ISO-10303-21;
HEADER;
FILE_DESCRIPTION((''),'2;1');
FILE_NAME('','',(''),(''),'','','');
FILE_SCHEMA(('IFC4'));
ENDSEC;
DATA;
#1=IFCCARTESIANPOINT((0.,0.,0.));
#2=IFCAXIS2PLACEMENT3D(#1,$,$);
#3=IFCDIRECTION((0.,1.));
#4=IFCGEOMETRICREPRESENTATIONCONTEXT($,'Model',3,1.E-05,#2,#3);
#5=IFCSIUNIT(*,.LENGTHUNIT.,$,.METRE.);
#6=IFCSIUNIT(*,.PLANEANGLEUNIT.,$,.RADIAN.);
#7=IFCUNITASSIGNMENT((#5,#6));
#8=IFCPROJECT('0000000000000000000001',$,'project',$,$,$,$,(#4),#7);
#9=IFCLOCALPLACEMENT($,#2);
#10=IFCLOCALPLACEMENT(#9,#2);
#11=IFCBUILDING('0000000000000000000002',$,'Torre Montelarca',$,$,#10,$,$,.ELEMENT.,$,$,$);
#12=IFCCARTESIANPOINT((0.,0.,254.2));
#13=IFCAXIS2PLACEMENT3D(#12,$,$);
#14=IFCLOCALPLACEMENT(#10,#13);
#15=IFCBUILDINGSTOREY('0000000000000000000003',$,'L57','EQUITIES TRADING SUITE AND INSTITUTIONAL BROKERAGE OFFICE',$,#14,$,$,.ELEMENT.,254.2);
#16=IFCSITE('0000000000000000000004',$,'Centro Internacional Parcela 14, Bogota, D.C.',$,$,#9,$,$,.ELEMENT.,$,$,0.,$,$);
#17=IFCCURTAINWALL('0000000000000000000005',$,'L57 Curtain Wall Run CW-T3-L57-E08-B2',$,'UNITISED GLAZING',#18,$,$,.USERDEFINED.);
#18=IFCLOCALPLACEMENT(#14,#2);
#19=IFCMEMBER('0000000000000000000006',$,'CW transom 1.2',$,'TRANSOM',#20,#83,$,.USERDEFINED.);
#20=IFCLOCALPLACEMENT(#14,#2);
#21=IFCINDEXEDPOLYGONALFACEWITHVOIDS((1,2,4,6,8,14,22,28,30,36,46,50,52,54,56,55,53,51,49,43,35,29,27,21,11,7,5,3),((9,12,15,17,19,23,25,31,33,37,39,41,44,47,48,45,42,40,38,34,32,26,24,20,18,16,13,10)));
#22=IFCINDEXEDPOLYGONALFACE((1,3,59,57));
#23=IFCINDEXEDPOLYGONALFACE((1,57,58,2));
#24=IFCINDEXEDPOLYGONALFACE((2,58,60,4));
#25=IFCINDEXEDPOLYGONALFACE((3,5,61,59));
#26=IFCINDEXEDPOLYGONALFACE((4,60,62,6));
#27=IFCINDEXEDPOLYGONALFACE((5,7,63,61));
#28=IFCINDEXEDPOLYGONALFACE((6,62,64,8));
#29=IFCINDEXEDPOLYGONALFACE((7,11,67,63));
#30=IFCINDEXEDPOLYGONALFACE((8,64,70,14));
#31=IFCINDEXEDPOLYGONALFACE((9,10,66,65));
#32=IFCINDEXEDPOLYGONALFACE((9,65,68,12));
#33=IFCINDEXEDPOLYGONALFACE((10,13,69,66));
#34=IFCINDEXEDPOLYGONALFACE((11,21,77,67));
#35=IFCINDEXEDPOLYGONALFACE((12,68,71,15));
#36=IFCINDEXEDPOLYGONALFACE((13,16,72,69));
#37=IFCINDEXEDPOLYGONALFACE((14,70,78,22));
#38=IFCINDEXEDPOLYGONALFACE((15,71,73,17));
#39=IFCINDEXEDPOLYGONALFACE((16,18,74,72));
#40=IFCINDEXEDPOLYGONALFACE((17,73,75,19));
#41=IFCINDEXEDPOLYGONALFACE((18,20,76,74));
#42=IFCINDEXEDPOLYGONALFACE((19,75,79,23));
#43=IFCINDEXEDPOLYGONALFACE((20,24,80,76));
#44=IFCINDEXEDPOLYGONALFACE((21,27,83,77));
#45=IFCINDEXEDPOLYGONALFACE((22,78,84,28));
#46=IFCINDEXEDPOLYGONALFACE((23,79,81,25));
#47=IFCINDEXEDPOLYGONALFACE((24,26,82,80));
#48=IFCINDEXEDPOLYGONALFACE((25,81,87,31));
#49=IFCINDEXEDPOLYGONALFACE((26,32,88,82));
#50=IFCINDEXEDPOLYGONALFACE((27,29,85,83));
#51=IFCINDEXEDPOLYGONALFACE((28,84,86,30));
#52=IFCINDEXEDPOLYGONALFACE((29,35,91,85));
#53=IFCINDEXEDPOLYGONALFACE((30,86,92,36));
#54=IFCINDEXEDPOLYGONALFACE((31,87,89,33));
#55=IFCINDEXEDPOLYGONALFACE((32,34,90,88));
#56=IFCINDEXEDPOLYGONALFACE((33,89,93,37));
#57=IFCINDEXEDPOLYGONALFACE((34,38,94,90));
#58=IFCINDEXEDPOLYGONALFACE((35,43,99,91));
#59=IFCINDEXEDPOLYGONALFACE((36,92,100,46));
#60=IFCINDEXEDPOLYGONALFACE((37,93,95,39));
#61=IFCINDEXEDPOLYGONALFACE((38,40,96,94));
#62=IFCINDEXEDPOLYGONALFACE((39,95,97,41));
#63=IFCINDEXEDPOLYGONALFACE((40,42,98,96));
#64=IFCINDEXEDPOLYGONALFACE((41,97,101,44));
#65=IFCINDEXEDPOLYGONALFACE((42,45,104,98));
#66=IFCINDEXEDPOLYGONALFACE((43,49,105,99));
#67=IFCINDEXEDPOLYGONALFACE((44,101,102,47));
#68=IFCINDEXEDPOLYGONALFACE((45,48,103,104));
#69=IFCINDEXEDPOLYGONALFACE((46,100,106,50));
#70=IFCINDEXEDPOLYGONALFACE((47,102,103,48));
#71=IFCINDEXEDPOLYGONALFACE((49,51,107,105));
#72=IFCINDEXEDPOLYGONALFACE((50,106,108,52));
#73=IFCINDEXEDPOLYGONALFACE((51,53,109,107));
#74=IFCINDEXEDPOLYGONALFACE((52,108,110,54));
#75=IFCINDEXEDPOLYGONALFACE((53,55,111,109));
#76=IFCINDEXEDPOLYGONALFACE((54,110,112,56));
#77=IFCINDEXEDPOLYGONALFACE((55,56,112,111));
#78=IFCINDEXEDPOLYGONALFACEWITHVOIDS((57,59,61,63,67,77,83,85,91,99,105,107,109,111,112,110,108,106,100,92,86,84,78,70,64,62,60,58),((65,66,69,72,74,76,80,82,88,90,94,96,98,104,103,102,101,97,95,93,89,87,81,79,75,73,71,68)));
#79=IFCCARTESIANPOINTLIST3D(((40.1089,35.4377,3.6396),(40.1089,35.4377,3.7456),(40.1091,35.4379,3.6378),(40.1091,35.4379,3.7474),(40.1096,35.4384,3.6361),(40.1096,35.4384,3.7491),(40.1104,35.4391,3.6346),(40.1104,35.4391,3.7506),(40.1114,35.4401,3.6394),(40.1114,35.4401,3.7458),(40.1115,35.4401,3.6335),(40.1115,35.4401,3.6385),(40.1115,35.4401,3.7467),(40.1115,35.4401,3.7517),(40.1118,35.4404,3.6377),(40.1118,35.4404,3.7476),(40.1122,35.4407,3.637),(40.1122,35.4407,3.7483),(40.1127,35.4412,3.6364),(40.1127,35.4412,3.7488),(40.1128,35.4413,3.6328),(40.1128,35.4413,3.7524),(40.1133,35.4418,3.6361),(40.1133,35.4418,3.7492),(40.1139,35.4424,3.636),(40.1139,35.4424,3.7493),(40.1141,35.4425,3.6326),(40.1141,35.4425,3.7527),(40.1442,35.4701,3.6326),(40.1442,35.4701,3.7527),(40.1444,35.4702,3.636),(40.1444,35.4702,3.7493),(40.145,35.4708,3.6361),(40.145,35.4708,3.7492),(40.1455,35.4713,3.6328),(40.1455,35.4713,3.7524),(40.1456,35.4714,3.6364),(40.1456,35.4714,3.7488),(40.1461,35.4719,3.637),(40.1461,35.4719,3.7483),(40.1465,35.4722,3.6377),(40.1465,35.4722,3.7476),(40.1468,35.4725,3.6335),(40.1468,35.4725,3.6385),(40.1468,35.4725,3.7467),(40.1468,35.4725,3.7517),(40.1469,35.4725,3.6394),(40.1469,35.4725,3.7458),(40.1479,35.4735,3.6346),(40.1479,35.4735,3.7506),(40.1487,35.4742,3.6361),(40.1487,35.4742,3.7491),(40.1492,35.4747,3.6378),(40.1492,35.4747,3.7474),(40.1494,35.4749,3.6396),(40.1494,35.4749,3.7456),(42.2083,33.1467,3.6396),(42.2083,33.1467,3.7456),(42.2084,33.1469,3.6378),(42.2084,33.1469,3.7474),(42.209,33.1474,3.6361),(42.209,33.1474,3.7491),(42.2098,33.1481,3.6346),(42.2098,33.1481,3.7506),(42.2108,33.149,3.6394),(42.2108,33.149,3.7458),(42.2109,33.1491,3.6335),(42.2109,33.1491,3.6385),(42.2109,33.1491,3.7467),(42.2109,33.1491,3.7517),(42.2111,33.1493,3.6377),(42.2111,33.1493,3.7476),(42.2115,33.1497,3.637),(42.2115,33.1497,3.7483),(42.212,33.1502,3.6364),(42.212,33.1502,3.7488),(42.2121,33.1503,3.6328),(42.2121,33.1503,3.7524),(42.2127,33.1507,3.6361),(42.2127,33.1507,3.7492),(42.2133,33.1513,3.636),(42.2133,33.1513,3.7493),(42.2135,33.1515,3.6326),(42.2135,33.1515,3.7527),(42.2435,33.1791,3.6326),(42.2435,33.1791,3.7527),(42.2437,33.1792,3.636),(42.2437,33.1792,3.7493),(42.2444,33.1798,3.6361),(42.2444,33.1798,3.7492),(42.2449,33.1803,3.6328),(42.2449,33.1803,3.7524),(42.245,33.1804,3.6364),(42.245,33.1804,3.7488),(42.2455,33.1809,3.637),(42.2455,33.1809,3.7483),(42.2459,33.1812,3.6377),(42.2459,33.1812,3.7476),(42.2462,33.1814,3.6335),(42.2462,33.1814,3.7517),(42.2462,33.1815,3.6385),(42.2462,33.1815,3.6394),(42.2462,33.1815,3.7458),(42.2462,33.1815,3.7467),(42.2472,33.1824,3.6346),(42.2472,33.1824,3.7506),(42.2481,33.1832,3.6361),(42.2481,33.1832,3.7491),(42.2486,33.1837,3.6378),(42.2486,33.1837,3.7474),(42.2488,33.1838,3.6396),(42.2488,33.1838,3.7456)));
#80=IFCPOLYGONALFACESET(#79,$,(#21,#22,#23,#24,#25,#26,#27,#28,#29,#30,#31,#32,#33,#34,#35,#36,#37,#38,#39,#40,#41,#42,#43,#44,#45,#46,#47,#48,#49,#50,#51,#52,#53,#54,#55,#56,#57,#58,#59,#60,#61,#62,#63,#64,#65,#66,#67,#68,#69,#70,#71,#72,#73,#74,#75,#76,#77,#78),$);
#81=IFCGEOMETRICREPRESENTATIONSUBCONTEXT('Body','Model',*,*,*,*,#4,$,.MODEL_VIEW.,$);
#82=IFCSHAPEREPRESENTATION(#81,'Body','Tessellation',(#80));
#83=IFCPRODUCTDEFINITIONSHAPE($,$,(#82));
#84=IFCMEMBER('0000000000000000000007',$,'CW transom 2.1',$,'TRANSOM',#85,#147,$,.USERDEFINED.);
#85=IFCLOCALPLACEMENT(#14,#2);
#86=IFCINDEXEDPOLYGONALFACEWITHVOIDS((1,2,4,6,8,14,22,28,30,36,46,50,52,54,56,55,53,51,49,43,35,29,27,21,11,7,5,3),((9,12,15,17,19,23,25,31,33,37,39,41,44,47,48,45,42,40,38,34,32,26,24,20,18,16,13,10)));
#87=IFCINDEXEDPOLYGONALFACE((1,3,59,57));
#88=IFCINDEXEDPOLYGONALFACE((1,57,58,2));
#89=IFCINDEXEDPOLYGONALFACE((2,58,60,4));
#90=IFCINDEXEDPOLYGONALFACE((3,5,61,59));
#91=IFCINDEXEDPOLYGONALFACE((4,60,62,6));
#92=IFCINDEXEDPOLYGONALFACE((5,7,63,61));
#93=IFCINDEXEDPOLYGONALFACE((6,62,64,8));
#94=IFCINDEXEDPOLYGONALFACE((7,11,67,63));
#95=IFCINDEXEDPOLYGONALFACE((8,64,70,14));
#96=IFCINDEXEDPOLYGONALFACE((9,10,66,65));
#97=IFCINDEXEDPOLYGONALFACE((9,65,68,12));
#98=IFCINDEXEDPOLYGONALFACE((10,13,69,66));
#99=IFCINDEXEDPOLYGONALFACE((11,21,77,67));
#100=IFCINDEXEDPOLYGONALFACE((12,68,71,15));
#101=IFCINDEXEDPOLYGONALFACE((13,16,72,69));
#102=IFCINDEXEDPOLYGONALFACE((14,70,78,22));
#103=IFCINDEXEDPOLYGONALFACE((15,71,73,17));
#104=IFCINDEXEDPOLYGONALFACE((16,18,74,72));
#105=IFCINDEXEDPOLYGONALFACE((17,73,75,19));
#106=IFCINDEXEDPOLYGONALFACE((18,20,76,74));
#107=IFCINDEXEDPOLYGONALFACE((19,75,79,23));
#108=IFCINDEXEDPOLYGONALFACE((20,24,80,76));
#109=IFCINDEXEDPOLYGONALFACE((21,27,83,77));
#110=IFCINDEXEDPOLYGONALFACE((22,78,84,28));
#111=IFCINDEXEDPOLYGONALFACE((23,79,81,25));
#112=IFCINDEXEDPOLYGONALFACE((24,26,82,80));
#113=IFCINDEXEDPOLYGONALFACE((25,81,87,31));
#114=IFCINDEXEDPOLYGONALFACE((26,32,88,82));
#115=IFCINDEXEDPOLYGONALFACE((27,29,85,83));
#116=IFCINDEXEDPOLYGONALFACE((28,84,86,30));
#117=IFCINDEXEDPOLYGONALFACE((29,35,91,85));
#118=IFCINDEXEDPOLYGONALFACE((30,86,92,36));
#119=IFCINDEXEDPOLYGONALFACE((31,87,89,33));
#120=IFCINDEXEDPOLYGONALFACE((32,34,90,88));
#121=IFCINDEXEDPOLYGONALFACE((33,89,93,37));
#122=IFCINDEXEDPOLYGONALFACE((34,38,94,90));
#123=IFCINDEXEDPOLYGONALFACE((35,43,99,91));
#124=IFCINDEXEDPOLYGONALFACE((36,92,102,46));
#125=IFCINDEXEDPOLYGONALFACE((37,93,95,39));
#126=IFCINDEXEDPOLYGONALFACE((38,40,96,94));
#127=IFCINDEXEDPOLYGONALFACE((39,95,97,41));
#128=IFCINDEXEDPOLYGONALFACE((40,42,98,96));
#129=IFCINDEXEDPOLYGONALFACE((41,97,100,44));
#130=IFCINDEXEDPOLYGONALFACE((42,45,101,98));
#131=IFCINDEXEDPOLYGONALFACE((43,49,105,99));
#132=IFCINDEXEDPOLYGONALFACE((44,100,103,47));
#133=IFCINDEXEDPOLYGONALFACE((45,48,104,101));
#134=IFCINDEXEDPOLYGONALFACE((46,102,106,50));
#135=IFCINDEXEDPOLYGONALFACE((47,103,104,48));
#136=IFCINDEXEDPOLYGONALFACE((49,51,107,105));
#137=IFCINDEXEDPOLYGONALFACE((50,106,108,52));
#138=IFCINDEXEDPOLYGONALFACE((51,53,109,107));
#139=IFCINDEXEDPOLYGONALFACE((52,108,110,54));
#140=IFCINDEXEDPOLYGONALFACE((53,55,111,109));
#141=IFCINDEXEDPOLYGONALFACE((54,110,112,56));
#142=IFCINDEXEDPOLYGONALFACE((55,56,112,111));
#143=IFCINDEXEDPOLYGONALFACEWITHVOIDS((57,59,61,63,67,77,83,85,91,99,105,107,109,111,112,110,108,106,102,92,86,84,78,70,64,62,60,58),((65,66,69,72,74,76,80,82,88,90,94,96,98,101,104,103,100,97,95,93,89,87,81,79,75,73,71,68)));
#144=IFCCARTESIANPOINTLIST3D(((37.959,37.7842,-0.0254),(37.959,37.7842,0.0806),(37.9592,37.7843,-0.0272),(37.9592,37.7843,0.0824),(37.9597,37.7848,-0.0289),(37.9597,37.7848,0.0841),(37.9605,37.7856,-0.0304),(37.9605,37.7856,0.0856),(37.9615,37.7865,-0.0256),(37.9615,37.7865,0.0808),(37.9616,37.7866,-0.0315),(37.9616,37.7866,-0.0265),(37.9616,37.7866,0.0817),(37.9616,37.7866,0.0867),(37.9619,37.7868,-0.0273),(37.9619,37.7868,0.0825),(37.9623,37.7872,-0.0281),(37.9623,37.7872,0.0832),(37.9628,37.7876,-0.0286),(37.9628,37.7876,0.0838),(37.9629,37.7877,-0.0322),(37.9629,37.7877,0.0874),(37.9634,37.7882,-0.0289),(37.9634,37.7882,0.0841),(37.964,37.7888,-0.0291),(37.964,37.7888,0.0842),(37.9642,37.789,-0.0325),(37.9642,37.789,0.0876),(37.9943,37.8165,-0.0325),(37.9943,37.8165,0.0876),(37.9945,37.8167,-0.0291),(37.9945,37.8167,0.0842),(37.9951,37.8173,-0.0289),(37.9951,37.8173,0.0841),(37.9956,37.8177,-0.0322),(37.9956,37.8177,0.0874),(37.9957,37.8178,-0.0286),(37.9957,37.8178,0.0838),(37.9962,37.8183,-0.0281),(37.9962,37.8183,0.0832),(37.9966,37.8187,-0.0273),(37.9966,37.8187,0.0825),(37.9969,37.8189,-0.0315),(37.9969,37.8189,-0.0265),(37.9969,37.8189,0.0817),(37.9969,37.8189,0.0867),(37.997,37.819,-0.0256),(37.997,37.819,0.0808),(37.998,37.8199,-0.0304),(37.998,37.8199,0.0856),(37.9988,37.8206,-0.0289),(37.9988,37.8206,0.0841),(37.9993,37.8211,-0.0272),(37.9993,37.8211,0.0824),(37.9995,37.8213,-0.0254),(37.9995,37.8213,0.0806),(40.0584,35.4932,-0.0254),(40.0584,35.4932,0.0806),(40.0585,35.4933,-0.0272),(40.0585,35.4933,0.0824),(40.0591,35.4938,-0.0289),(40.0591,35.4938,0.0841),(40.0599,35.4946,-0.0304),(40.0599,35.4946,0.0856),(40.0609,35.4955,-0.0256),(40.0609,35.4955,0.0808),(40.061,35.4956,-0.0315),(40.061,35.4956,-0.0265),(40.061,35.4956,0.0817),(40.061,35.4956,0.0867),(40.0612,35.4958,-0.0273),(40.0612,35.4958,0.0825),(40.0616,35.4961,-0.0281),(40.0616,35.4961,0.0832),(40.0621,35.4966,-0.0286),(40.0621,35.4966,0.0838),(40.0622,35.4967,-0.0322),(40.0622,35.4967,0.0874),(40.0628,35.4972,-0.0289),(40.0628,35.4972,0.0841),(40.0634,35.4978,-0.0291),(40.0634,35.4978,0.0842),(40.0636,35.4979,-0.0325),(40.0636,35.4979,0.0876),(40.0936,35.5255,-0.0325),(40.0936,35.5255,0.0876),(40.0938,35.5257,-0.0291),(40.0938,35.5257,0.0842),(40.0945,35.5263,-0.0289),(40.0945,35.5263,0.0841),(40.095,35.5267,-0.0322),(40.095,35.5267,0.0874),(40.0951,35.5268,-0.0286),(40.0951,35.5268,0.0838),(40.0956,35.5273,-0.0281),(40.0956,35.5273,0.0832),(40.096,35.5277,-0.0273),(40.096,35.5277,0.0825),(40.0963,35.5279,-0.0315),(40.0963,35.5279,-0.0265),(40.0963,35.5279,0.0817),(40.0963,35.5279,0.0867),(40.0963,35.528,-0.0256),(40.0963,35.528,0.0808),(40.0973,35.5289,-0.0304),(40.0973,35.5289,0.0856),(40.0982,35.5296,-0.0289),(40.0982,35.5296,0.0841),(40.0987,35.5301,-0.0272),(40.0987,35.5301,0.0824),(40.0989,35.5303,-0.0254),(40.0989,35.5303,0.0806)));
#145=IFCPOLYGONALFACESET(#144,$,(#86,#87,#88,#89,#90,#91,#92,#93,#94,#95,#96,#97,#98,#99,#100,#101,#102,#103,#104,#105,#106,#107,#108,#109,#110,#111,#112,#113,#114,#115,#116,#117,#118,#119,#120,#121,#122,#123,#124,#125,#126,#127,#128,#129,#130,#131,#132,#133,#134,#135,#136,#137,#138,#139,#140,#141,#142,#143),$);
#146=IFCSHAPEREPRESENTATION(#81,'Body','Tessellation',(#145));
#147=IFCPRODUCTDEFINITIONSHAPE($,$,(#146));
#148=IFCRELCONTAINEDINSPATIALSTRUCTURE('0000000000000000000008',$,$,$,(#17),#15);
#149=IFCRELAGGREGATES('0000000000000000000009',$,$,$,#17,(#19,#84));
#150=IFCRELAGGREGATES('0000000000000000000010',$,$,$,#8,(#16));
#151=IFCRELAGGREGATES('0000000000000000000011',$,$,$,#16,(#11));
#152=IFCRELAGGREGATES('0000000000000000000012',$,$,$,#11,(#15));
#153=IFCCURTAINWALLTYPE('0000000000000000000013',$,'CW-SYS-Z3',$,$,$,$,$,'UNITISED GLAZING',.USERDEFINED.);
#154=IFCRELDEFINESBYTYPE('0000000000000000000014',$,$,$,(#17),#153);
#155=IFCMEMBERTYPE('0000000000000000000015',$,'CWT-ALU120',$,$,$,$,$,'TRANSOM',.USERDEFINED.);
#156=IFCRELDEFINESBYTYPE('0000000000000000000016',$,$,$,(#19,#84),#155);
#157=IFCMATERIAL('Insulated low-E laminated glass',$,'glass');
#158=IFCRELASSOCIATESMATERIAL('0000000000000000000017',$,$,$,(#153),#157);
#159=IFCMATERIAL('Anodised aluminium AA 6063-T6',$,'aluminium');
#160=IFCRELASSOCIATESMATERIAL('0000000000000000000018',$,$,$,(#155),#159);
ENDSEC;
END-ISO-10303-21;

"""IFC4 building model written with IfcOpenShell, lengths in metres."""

from ifc_helpers import new_model, si_unit, direction, frame, origin, origin_2d, place, context, subcontext, project, spatial, hollow_rectangle, extrude, source, transform, mapped, material, material_profile, profile_set, type_object, element, aggregate, save


model = new_model("IFC4")

# Units and contexts
model_context = context("Model", 3, precision=1e-05, world=origin(), true_north=direction((0.0, 1.0)))
body_context = subcontext(model_context, "Body", "Model", "MODEL_VIEW")
ifc_project = project(units=[si_unit("LENGTHUNIT", "METRE"), si_unit("PLANEANGLEUNIT", "RADIAN")], contexts=[model_context])

# Site, building, storey
site_placement = place(None, origin())
site = spatial("IfcSite", under=ifc_project, at=site_placement, Name="Centro Internacional Parcela 14, Bogota, D.C.", CompositionType="ELEMENT", RefElevation=0.0)
building_placement = place(site_placement, origin())
building = spatial("IfcBuilding", under=site, at=building_placement, Name="Torre Montelarca", CompositionType="ELEMENT")
storey_placement = place(building_placement, frame((0.0, 0.0, 254.2)))
storey = spatial("IfcBuildingStorey", under=building, at=storey_placement, Name="L57", Description="EQUITIES TRADING SUITE AND INSTITUTIONAL BROKERAGE OFFICE", CompositionType="ELEMENT", Elevation=254.2)

# Shared definitions
ifc_material_1 = material(Name="Insulated low-E laminated glass", Category="glass")
curtain_wall_type = type_object("IfcCurtainWallType", Name="CW-SYS-Z3", ElementType="UNITISED GLAZING", PredefinedType="USERDEFINED", material=ifc_material_1)
ifc_material_2 = material(Name="Anodised aluminium AA 6063-T6", Category="aluminium")

# Curtain wall
curtain_wall_1_placement = place(storey_placement, origin())
curtain_wall_1 = element("IfcCurtainWall", 1, at=curtain_wall_1_placement, inside=storey, type_object=curtain_wall_type, Name="L57 Curtain Wall Run CW-T3-L57-E08-B2", ObjectType="UNITISED GLAZING", PredefinedType="USERDEFINED")

# Members
ifc_material_profile_1 = material_profile(ifc_material_2, hollow_rectangle(XDim=0.0549, YDim=0.1201, WallThickness=0.0034, InnerFilletRadius=0.0034, OuterFilletRadius=0.0071, at=origin_2d()), Name="ALU55X120X3.5", Category="aluminium")
ifc_profile_set_1 = profile_set([ifc_material_profile_1], Name="Anodised aluminium AA 6063-T6")
member_type_1 = type_object("IfcMemberType", Name="CWT-ALU120", ElementType="TRANSOM", PredefinedType="USERDEFINED", material=ifc_profile_set_1)
shared_shape_1 = source(origin(), body_context, "Body", "SweptSolid", [
    extrude(hollow_rectangle(XDim=0.0549, YDim=0.1201, WallThickness=0.0034, InnerFilletRadius=0.0034, OuterFilletRadius=0.0071, at=origin_2d()), origin(), (0.0, 0.0, 1.0), 3.1074),
])
member_1_placement = place(storey_placement, frame((42.2285, 33.1653, 3.6926), z_axis=(-0.675597, 0.737272, 0.0), x_axis=(-0.737272, -0.675597, 0.0)))
member_1 = element("IfcMember", 2, at=member_1_placement, type_object=member_type_1, Name="CW transom 1.2", ObjectType="TRANSOM", PredefinedType="USERDEFINED", context=body_context, shape_type="MappedRepresentation", body=[
    mapped(shared_shape_1, transform((0.0, 0.0, 0.0), scale=1.0)),
])
member_2_placement = place(storey_placement, frame((40.0786, 35.5117, 0.0276), z_axis=(-0.675597, 0.737272, 0.0), x_axis=(-0.737272, -0.675597, 0.0)))
member_2 = element("IfcMember", 3, at=member_2_placement, type_object=member_type_1, Name="CW transom 2.1", ObjectType="TRANSOM", PredefinedType="USERDEFINED", context=body_context, shape_type="MappedRepresentation", body=[
    mapped(shared_shape_1, transform((0.0, 0.0, 0.0), scale=1.0)),
])

aggregate(curtain_wall_1, [member_1, member_2])

save(model, "model.ifc")
